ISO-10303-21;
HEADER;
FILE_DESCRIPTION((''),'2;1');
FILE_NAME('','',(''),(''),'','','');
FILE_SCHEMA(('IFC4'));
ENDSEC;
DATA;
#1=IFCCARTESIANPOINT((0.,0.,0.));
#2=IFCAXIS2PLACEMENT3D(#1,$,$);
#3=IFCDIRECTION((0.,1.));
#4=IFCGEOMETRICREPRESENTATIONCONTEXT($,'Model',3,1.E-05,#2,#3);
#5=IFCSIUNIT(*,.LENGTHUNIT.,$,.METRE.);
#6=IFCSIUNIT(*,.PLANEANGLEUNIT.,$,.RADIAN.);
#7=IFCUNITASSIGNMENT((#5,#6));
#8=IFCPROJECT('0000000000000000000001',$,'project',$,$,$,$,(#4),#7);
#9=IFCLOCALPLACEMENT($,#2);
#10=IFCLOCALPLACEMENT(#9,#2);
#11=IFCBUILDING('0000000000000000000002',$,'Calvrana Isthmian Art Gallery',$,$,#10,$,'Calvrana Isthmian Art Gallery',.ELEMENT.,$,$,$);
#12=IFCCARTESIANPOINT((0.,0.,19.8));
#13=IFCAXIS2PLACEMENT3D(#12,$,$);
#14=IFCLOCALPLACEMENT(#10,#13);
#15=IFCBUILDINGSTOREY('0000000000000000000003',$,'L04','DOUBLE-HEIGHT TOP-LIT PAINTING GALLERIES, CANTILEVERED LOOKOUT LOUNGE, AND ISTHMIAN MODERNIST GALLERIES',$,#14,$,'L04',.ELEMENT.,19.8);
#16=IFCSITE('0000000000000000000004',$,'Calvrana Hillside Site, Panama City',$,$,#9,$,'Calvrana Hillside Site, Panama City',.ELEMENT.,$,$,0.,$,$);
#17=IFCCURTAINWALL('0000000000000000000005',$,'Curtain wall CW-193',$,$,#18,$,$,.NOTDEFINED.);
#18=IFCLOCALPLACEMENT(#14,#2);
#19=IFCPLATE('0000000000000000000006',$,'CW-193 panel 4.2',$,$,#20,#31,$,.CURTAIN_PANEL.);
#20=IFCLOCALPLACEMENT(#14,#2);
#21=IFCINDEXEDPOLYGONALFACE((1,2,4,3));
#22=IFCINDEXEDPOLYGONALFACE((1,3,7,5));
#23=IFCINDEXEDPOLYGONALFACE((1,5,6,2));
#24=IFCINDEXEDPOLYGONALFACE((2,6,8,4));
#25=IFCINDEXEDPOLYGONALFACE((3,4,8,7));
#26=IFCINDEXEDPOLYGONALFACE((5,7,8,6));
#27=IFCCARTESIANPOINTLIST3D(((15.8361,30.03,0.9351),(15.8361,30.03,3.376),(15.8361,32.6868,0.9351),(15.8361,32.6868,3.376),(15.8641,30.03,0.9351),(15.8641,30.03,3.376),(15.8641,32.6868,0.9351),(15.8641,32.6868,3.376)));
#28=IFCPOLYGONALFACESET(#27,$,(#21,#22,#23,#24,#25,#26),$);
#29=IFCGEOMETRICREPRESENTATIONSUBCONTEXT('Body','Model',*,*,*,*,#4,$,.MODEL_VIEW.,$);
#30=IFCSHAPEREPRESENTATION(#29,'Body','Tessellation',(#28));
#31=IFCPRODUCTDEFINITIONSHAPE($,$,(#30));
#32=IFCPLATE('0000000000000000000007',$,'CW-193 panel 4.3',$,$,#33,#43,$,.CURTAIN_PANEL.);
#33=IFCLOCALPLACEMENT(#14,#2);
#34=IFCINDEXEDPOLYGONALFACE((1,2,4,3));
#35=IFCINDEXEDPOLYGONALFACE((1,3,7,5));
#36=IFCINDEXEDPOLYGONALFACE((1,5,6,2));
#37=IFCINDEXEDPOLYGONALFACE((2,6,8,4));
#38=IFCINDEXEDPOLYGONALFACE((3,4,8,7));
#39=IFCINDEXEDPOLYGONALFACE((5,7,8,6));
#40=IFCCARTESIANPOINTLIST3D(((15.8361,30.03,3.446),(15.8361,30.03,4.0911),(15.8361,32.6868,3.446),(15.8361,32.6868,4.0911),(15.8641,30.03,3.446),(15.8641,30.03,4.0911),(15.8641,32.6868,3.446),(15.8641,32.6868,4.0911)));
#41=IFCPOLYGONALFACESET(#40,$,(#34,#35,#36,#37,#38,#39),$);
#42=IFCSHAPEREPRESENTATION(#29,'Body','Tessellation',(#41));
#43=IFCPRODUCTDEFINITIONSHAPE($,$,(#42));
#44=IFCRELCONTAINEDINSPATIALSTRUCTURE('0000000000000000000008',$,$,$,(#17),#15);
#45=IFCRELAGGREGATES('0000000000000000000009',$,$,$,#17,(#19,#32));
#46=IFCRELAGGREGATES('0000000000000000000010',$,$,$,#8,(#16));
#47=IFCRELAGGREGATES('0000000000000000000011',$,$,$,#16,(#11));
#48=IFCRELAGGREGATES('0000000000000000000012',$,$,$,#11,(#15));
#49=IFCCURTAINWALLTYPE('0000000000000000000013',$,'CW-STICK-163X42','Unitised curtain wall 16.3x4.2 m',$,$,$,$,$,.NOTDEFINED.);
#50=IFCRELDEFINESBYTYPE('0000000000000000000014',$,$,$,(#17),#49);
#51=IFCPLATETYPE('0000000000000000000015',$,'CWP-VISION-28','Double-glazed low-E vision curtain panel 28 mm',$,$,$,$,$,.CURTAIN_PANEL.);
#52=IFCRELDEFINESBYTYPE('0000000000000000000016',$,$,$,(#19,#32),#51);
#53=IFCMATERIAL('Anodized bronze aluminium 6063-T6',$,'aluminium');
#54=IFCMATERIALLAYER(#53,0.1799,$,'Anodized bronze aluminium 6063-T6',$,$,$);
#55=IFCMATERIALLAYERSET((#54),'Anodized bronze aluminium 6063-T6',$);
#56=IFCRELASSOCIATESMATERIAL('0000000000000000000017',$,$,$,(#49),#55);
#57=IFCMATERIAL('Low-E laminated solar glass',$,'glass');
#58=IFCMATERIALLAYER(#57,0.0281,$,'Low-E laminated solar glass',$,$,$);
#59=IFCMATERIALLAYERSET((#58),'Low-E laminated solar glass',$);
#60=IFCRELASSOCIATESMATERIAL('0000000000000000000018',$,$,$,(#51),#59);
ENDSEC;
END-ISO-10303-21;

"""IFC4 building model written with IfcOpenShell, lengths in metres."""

from ifc_helpers import new_model, si_unit, direction, frame, origin, origin_2d, place, context, subcontext, project, spatial, rectangle, extrude, material, layer, layer_set, type_object, element, aggregate, save


model = new_model("IFC4")

# Units and contexts
model_context = context("Model", 3, precision=1e-05, world=origin(), true_north=direction((0.0, 1.0)))
body_context = subcontext(model_context, "Body", "Model", "MODEL_VIEW")
ifc_project = project(units=[si_unit("LENGTHUNIT", "METRE"), si_unit("PLANEANGLEUNIT", "RADIAN")], contexts=[model_context])

# Site, building, storey
site_placement = place(None, origin())
site = spatial("IfcSite", under=ifc_project, at=site_placement, Name="Calvrana Hillside Site, Panama City", LongName="Calvrana Hillside Site, Panama City", CompositionType="ELEMENT", RefElevation=0.0)
building_placement = place(site_placement, origin())
building = spatial("IfcBuilding", under=site, at=building_placement, Name="Calvrana Isthmian Art Gallery", LongName="Calvrana Isthmian Art Gallery", CompositionType="ELEMENT")
storey_placement = place(building_placement, frame((0.0, 0.0, 19.8)))
storey = spatial("IfcBuildingStorey", under=building, at=storey_placement, Name="L04", Description="DOUBLE-HEIGHT TOP-LIT PAINTING GALLERIES, CANTILEVERED LOOKOUT LOUNGE, AND ISTHMIAN MODERNIST GALLERIES", LongName="L04", CompositionType="ELEMENT", Elevation=19.8)

# Curtain wall
ifc_material_1 = material(Name="Anodized bronze aluminium 6063-T6", Category="aluminium")
ifc_layer_1 = layer(ifc_material_1, 0.1799, Name="Anodized bronze aluminium 6063-T6")
ifc_layer_set_1 = layer_set([ifc_layer_1], Name="Anodized bronze aluminium 6063-T6")
curtain_wall_type_1 = type_object("IfcCurtainWallType", Name="CW-STICK-163X42", Description="Unitised curtain wall 16.3x4.2 m", PredefinedType="NOTDEFINED", material=ifc_layer_set_1)
curtain_wall_1_placement = place(storey_placement, origin())
curtain_wall_1 = element("IfcCurtainWall", 1, at=curtain_wall_1_placement, inside=storey, type_object=curtain_wall_type_1, Name="Curtain wall CW-193", PredefinedType="NOTDEFINED")

# Plates
ifc_material_2 = material(Name="Low-E laminated solar glass", Category="glass")
ifc_layer_2 = layer(ifc_material_2, 0.0281, Name="Low-E laminated solar glass")
ifc_layer_set_2 = layer_set([ifc_layer_2], Name="Low-E laminated solar glass")
plate_type = type_object("IfcPlateType", Name="CWP-VISION-28", Description="Double-glazed low-E vision curtain panel 28 mm", PredefinedType="CURTAIN_PANEL", material=ifc_layer_set_2)
plate_1_placement = place(storey_placement, frame((15.8501, 31.3584, 0.9351), z_axis=(0.0, 0.0, 1.0), x_axis=(0.0, 1.0, 0.0)))
plate_1 = element("IfcPlate", 2, at=plate_1_placement, type_object=plate_type, Name="CW-193 panel 4.2", PredefinedType="CURTAIN_PANEL", context=body_context, shape_type="SweptSolid", body=[
    extrude(rectangle(XDim=2.6567, YDim=0.0281, at=origin_2d()), origin(), (0.0, 0.0, 1.0), 2.4409),
])
plate_2_placement = place(storey_placement, frame((15.8501, 31.3584, 3.446), z_axis=(0.0, 0.0, 1.0), x_axis=(0.0, 1.0, 0.0)))
plate_2 = element("IfcPlate", 3, at=plate_2_placement, type_object=plate_type, Name="CW-193 panel 4.3", PredefinedType="CURTAIN_PANEL", context=body_context, shape_type="SweptSolid", body=[
    extrude(rectangle(XDim=2.6567, YDim=0.0281, at=origin_2d()), origin(), (0.0, 0.0, 1.0), 0.645),
])
aggregate(curtain_wall_1, [plate_1, plate_2])

save(model, "model.ifc")
